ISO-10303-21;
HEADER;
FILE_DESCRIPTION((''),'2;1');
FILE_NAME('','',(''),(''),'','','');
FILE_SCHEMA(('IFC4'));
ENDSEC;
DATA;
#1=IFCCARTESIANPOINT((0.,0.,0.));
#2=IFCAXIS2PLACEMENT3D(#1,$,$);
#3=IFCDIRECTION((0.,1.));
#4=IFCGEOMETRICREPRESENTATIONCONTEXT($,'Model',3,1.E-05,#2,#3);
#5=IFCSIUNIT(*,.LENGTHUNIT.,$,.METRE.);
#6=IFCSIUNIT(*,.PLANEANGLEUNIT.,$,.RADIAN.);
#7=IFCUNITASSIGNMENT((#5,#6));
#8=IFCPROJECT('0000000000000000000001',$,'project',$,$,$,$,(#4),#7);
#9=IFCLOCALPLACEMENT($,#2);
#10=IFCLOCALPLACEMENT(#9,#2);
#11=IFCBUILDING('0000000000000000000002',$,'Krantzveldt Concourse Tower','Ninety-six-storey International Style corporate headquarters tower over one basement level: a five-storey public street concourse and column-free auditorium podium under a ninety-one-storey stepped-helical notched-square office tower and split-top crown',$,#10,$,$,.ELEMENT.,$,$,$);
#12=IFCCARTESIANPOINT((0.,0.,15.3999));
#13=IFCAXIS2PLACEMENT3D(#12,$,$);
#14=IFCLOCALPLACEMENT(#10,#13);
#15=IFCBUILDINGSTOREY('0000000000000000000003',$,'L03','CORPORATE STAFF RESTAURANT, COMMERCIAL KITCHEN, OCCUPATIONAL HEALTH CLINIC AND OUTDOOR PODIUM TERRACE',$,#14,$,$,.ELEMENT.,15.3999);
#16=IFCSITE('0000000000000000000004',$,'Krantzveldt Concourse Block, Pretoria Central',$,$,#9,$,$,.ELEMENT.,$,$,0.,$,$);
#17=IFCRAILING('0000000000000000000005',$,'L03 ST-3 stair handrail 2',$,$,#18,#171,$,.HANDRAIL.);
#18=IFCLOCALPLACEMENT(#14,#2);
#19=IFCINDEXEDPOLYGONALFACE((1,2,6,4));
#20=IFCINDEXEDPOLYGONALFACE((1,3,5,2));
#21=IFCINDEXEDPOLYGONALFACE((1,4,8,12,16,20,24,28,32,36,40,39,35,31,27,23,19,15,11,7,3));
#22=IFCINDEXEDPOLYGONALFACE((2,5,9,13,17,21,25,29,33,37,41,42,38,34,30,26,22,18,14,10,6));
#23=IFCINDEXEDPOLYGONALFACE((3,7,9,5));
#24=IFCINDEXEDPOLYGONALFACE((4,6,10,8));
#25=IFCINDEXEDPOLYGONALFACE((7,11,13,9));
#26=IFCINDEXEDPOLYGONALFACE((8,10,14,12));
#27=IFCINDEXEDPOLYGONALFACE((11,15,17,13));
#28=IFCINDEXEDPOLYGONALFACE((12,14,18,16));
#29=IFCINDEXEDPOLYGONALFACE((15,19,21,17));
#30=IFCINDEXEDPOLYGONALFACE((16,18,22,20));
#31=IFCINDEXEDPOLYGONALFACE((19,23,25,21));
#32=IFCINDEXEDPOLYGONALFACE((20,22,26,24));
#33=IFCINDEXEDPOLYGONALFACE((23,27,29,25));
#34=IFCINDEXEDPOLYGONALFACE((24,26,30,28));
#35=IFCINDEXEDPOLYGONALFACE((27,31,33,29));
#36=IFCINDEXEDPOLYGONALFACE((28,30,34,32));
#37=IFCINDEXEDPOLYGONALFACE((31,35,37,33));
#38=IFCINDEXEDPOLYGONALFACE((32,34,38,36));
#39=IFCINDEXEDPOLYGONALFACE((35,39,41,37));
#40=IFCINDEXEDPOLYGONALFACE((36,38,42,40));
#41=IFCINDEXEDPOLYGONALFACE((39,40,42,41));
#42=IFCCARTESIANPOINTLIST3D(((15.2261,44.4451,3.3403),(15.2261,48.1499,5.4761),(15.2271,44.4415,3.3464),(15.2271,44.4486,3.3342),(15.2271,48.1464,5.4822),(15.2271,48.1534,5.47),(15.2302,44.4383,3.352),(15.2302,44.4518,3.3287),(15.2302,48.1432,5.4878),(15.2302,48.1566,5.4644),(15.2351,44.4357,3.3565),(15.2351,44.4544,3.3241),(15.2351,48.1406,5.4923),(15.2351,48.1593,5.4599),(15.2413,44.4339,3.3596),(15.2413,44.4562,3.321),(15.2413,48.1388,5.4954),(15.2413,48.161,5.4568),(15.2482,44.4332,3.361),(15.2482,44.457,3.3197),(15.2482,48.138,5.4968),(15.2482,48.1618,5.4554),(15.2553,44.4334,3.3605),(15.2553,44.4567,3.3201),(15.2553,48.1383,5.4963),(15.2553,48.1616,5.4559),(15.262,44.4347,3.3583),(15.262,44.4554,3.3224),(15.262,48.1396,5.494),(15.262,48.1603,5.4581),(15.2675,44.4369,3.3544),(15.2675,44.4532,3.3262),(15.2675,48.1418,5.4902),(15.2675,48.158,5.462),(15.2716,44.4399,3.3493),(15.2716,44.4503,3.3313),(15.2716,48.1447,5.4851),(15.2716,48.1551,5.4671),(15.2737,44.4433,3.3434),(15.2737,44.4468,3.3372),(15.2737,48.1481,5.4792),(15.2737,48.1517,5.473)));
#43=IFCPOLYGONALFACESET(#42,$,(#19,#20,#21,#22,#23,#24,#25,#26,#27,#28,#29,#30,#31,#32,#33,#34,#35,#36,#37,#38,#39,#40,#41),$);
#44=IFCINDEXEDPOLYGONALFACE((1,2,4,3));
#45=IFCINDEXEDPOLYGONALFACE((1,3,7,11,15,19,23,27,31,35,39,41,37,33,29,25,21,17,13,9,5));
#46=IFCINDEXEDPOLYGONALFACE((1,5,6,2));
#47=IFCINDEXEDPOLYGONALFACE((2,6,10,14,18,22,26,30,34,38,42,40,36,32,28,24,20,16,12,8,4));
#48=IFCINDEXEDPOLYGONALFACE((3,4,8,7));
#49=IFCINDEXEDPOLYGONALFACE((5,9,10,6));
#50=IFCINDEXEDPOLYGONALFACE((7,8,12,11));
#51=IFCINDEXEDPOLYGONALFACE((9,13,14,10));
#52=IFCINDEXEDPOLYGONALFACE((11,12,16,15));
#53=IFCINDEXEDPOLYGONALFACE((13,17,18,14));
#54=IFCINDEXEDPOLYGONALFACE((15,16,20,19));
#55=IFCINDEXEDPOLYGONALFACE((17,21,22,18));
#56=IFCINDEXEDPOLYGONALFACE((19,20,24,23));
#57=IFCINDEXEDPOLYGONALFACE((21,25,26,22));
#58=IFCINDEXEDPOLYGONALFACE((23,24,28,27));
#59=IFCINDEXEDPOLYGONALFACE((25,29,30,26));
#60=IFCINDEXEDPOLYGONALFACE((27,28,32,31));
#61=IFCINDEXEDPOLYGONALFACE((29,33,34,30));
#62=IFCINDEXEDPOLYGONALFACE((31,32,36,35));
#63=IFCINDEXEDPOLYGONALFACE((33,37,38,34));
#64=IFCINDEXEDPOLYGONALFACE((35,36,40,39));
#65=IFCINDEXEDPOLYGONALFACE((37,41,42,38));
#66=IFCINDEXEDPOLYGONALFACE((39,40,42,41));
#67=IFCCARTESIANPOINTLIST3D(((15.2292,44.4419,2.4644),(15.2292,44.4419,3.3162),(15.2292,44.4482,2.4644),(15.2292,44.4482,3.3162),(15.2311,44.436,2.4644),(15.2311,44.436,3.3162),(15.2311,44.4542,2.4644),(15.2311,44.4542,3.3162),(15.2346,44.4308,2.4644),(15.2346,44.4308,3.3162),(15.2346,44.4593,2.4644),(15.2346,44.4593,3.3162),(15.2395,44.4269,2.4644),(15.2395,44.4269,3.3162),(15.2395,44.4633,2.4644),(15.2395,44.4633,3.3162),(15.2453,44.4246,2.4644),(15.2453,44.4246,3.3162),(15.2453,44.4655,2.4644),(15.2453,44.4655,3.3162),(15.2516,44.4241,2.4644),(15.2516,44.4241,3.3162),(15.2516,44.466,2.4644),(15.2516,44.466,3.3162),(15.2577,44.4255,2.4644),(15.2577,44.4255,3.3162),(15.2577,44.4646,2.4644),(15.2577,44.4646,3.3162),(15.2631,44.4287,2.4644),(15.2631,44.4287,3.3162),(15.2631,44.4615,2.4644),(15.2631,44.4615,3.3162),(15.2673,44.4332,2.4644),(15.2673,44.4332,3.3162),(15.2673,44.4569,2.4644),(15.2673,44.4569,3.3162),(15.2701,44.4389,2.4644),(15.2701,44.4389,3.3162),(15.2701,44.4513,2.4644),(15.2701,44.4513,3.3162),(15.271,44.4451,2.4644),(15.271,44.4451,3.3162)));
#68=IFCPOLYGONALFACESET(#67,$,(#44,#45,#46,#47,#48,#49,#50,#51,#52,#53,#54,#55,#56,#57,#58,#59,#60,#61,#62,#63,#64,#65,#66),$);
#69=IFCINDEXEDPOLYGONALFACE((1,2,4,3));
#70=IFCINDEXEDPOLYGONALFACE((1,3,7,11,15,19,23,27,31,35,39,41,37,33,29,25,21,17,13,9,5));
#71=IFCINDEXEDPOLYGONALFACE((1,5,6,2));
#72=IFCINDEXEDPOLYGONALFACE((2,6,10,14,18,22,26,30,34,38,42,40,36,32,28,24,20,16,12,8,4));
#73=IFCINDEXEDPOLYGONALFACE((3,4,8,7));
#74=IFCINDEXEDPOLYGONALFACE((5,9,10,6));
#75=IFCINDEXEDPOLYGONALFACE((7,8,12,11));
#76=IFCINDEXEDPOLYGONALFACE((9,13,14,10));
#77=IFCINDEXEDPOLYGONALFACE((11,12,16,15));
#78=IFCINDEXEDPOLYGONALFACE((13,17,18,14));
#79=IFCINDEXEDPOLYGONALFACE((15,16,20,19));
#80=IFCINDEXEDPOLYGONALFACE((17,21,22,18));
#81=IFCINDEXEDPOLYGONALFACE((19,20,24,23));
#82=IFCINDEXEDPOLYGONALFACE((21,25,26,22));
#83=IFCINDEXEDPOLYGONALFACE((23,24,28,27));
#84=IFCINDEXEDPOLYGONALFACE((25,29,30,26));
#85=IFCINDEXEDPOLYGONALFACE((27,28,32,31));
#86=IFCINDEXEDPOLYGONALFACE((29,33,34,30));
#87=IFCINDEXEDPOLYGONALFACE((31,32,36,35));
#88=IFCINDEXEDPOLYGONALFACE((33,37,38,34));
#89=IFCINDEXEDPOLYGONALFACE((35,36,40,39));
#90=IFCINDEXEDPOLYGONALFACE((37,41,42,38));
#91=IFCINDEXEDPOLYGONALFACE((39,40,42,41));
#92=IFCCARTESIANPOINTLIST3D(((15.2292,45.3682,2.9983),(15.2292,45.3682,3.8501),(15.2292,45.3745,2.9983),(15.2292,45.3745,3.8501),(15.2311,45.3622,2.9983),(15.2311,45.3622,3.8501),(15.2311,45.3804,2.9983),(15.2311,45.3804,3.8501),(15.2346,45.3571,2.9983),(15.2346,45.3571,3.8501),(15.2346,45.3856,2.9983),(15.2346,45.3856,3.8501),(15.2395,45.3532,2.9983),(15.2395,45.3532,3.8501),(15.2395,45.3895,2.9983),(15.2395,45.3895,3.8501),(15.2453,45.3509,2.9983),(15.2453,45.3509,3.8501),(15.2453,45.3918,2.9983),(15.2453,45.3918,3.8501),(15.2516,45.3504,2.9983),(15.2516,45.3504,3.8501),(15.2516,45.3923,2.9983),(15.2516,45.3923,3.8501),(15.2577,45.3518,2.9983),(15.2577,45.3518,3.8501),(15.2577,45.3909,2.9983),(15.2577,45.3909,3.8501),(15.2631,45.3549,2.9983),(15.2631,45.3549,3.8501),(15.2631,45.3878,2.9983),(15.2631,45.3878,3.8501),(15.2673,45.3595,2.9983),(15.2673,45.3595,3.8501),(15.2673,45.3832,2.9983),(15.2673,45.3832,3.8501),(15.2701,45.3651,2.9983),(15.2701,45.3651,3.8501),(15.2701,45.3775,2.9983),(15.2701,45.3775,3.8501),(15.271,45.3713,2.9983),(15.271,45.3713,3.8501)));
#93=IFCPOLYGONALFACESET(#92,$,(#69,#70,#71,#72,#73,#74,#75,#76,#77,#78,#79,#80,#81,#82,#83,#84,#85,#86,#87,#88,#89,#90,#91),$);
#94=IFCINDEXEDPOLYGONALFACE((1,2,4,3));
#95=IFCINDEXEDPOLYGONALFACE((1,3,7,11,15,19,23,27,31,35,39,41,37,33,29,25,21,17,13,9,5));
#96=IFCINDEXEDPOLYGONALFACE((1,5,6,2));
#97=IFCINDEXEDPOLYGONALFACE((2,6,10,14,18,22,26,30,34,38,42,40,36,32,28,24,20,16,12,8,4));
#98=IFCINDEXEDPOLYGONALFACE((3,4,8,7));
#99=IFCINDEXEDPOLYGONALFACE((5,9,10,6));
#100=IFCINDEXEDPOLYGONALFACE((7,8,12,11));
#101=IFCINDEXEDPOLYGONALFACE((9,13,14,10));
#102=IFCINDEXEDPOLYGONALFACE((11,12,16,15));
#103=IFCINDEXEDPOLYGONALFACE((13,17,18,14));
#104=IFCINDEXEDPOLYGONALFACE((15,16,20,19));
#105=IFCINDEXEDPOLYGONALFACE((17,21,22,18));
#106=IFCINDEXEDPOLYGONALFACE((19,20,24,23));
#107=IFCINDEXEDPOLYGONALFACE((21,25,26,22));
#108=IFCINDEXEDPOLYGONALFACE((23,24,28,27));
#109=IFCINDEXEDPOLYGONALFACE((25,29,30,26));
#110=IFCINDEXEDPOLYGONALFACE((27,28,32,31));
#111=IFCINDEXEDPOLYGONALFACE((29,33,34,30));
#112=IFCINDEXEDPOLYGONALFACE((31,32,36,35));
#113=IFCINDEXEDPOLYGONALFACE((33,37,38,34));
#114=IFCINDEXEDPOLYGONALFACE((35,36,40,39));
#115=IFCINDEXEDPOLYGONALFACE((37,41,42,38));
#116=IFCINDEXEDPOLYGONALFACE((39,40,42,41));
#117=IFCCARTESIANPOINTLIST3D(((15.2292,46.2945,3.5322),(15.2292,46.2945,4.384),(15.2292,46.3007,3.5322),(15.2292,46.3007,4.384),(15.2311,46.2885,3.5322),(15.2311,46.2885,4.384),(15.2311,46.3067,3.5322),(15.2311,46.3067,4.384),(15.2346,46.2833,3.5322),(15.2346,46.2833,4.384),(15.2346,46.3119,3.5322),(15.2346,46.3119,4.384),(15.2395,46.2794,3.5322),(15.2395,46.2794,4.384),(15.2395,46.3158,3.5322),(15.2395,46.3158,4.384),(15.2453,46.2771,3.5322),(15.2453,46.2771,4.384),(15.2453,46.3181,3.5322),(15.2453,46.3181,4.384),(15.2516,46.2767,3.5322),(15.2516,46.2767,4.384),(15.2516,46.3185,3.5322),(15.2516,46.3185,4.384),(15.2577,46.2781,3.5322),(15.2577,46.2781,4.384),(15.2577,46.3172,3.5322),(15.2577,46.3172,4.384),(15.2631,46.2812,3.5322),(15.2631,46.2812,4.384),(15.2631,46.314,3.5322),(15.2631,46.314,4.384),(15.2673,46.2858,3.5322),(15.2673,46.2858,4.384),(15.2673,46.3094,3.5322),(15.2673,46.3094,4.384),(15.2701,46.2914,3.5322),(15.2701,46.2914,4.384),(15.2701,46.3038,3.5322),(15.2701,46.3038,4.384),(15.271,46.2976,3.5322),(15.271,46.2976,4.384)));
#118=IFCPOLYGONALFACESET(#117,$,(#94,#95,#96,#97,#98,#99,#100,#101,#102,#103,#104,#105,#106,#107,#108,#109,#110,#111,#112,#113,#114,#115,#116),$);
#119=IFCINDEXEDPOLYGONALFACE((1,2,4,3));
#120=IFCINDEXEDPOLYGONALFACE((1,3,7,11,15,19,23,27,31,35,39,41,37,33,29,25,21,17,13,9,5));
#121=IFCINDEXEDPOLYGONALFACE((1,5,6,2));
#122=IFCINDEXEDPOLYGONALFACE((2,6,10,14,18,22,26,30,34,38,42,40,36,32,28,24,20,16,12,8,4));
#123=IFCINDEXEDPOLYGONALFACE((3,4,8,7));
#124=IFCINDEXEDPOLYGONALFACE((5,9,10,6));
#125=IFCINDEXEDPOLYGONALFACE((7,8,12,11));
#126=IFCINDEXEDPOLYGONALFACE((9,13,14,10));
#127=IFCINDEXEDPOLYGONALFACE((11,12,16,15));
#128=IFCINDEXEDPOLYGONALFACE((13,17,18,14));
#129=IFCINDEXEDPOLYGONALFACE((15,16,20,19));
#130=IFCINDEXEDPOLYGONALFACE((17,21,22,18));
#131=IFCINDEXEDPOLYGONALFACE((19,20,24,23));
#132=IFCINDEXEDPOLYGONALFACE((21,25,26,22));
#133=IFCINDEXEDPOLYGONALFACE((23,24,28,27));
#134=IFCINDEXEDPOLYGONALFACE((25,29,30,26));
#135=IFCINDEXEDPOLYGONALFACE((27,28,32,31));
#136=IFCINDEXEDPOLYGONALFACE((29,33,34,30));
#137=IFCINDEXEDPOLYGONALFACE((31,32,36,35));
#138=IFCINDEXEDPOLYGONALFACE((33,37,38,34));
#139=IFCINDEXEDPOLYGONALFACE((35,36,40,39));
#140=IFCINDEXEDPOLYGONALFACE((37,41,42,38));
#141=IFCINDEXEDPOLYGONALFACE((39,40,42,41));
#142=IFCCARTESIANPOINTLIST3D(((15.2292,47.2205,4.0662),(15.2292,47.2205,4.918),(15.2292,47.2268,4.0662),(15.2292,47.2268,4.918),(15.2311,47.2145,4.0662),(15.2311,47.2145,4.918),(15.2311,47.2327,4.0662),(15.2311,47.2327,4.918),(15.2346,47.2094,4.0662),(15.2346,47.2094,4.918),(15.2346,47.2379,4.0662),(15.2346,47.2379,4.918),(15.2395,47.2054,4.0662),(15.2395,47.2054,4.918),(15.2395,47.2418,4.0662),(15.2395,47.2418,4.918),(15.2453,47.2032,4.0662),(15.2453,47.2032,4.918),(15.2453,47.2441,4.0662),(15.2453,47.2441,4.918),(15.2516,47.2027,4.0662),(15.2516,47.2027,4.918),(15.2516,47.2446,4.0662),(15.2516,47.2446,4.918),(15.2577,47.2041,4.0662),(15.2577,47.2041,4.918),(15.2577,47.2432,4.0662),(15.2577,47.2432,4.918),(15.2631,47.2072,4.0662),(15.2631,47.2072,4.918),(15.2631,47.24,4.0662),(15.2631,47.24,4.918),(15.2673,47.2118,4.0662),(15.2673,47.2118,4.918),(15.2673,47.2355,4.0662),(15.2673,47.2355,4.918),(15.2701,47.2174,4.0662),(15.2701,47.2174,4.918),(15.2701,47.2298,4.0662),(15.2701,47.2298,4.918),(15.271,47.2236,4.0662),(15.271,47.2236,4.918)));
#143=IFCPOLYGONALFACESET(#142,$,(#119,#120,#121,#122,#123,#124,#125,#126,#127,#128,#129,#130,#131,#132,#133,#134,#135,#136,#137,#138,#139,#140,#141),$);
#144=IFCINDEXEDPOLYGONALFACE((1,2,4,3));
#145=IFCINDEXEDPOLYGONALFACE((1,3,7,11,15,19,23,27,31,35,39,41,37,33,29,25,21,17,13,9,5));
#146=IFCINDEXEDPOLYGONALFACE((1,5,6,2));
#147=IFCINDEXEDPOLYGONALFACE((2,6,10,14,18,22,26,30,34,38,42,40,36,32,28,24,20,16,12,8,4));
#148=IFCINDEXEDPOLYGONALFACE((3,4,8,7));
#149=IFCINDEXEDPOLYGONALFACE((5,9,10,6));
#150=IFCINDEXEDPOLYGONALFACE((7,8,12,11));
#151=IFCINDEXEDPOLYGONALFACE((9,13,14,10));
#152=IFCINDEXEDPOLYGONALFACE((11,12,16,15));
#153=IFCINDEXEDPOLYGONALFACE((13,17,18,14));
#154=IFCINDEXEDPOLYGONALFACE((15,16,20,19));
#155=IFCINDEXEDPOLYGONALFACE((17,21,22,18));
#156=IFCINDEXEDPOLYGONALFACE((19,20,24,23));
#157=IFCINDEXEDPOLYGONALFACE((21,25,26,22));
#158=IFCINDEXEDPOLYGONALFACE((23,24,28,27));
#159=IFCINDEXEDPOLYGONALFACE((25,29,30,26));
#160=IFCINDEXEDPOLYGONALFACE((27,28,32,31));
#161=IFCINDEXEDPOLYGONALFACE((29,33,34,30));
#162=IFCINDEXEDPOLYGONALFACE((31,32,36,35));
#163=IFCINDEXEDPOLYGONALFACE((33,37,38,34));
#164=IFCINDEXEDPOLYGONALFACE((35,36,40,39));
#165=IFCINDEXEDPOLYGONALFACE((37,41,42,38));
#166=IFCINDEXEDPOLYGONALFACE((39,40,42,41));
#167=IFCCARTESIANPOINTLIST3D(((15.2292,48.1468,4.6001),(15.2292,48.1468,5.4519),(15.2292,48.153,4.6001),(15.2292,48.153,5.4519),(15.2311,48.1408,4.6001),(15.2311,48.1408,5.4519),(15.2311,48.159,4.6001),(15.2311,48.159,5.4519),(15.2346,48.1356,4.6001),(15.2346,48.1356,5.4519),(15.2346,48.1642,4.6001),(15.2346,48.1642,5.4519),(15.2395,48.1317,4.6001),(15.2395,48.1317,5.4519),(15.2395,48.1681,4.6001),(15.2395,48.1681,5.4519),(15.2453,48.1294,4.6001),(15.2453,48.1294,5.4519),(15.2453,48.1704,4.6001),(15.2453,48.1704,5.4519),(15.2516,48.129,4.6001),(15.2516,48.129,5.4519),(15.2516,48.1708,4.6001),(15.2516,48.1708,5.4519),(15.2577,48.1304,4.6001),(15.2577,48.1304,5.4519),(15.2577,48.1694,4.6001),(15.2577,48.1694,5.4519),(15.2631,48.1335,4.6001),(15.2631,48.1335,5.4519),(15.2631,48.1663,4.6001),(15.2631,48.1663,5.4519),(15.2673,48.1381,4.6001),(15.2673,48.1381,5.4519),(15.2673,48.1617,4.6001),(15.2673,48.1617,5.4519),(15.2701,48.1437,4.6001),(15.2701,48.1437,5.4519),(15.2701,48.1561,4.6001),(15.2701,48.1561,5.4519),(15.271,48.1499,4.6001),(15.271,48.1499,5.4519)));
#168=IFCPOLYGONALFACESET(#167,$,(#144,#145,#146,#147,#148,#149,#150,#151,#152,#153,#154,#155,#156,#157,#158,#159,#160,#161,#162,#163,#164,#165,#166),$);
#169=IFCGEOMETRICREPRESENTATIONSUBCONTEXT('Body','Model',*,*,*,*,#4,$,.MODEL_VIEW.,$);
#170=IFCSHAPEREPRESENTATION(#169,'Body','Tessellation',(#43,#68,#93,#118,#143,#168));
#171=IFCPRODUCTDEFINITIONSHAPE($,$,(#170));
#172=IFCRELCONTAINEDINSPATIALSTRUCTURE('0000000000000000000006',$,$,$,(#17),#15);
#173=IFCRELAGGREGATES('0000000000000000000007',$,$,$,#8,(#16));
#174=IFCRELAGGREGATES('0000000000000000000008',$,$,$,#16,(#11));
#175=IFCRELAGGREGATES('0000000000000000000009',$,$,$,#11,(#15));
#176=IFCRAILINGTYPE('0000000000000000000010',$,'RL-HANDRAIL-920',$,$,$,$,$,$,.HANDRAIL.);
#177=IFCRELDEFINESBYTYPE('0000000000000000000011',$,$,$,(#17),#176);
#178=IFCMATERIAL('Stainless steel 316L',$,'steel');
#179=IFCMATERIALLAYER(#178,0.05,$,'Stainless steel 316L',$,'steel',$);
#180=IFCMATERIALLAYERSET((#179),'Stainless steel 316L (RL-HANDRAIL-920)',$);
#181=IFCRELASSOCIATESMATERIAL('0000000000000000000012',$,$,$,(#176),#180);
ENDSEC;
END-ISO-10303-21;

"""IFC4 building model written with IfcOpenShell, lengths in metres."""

from ifc_helpers import new_model, si_unit, direction, frame, origin, origin_2d, place, context, subcontext, project, spatial, circle, extrude, material, layer, layer_set, type_object, element, save


model = new_model("IFC4")

# Units and contexts
model_context = context("Model", 3, precision=1e-05, world=origin(), true_north=direction((0.0, 1.0)))
body_context = subcontext(model_context, "Body", "Model", "MODEL_VIEW")
ifc_project = project(units=[si_unit("LENGTHUNIT", "METRE"), si_unit("PLANEANGLEUNIT", "RADIAN")], contexts=[model_context])

# Site, building, storey
site_placement = place(None, origin())
site = spatial("IfcSite", under=ifc_project, at=site_placement, Name="Krantzveldt Concourse Block, Pretoria Central", CompositionType="ELEMENT", RefElevation=0.0)
building_placement = place(site_placement, origin())
building = spatial("IfcBuilding", under=site, at=building_placement, Name="Krantzveldt Concourse Tower", Description="Ninety-six-storey International Style corporate headquarters tower over one basement level: a five-storey public street concourse and column-free auditorium podium under a ninety-one-storey stepped-helical notched-square office tower and split-top crown", CompositionType="ELEMENT")
storey_placement = place(building_placement, frame((0.0, 0.0, 15.3999)))
storey = spatial("IfcBuildingStorey", under=building, at=storey_placement, Name="L03", Description="CORPORATE STAFF RESTAURANT, COMMERCIAL KITCHEN, OCCUPATIONAL HEALTH CLINIC AND OUTDOOR PODIUM TERRACE", CompositionType="ELEMENT", Elevation=15.3999)

# Railing
ifc_material_1 = material(Name="Stainless steel 316L", Category="steel")
ifc_layer_1 = layer(ifc_material_1, 0.05, Name="Stainless steel 316L", Category="steel")
ifc_layer_set_1 = layer_set([ifc_layer_1], Name="Stainless steel 316L (RL-HANDRAIL-920)")
railing_type_1 = type_object("IfcRailingType", Name="RL-HANDRAIL-920", PredefinedType="HANDRAIL", material=ifc_layer_set_1)
railing_1_placement = place(storey_placement, frame((15.25, 44.4451, 2.4644)))
element("IfcRailing", 1, at=railing_1_placement, inside=storey, type_object=railing_type_1, Name="L03 ST-3 stair handrail 2", PredefinedType="HANDRAIL", context=body_context, shape_type="SweptSolid", body=[
    extrude(circle(Radius=0.0239, at=origin_2d()), frame((0.0, 0.0, 0.876), z_axis=(0.0, 0.866354, 0.499431), x_axis=(-1.0, 0.0, 0.0)), (0.0, 0.0, 1.0), 4.2764),
    extrude(circle(Radius=0.021, at=origin_2d()), origin(), (0.0, 0.0, 1.0), 0.8518),
    extrude(circle(Radius=0.021, at=origin_2d()), frame((0.0, 0.9263, 0.5339)), (0.0, 0.0, 1.0), 0.8518),
    extrude(circle(Radius=0.021, at=origin_2d()), frame((0.0, 1.8525, 1.0679)), (0.0, 0.0, 1.0), 0.8518),
    extrude(circle(Radius=0.021, at=origin_2d()), frame((0.0, 2.7786, 1.6018)), (0.0, 0.0, 1.0), 0.8518),
    extrude(circle(Radius=0.021, at=origin_2d()), frame((0.0, 3.7048, 2.1357)), (0.0, 0.0, 1.0), 0.8518),
])

save(model, "model.ifc")
